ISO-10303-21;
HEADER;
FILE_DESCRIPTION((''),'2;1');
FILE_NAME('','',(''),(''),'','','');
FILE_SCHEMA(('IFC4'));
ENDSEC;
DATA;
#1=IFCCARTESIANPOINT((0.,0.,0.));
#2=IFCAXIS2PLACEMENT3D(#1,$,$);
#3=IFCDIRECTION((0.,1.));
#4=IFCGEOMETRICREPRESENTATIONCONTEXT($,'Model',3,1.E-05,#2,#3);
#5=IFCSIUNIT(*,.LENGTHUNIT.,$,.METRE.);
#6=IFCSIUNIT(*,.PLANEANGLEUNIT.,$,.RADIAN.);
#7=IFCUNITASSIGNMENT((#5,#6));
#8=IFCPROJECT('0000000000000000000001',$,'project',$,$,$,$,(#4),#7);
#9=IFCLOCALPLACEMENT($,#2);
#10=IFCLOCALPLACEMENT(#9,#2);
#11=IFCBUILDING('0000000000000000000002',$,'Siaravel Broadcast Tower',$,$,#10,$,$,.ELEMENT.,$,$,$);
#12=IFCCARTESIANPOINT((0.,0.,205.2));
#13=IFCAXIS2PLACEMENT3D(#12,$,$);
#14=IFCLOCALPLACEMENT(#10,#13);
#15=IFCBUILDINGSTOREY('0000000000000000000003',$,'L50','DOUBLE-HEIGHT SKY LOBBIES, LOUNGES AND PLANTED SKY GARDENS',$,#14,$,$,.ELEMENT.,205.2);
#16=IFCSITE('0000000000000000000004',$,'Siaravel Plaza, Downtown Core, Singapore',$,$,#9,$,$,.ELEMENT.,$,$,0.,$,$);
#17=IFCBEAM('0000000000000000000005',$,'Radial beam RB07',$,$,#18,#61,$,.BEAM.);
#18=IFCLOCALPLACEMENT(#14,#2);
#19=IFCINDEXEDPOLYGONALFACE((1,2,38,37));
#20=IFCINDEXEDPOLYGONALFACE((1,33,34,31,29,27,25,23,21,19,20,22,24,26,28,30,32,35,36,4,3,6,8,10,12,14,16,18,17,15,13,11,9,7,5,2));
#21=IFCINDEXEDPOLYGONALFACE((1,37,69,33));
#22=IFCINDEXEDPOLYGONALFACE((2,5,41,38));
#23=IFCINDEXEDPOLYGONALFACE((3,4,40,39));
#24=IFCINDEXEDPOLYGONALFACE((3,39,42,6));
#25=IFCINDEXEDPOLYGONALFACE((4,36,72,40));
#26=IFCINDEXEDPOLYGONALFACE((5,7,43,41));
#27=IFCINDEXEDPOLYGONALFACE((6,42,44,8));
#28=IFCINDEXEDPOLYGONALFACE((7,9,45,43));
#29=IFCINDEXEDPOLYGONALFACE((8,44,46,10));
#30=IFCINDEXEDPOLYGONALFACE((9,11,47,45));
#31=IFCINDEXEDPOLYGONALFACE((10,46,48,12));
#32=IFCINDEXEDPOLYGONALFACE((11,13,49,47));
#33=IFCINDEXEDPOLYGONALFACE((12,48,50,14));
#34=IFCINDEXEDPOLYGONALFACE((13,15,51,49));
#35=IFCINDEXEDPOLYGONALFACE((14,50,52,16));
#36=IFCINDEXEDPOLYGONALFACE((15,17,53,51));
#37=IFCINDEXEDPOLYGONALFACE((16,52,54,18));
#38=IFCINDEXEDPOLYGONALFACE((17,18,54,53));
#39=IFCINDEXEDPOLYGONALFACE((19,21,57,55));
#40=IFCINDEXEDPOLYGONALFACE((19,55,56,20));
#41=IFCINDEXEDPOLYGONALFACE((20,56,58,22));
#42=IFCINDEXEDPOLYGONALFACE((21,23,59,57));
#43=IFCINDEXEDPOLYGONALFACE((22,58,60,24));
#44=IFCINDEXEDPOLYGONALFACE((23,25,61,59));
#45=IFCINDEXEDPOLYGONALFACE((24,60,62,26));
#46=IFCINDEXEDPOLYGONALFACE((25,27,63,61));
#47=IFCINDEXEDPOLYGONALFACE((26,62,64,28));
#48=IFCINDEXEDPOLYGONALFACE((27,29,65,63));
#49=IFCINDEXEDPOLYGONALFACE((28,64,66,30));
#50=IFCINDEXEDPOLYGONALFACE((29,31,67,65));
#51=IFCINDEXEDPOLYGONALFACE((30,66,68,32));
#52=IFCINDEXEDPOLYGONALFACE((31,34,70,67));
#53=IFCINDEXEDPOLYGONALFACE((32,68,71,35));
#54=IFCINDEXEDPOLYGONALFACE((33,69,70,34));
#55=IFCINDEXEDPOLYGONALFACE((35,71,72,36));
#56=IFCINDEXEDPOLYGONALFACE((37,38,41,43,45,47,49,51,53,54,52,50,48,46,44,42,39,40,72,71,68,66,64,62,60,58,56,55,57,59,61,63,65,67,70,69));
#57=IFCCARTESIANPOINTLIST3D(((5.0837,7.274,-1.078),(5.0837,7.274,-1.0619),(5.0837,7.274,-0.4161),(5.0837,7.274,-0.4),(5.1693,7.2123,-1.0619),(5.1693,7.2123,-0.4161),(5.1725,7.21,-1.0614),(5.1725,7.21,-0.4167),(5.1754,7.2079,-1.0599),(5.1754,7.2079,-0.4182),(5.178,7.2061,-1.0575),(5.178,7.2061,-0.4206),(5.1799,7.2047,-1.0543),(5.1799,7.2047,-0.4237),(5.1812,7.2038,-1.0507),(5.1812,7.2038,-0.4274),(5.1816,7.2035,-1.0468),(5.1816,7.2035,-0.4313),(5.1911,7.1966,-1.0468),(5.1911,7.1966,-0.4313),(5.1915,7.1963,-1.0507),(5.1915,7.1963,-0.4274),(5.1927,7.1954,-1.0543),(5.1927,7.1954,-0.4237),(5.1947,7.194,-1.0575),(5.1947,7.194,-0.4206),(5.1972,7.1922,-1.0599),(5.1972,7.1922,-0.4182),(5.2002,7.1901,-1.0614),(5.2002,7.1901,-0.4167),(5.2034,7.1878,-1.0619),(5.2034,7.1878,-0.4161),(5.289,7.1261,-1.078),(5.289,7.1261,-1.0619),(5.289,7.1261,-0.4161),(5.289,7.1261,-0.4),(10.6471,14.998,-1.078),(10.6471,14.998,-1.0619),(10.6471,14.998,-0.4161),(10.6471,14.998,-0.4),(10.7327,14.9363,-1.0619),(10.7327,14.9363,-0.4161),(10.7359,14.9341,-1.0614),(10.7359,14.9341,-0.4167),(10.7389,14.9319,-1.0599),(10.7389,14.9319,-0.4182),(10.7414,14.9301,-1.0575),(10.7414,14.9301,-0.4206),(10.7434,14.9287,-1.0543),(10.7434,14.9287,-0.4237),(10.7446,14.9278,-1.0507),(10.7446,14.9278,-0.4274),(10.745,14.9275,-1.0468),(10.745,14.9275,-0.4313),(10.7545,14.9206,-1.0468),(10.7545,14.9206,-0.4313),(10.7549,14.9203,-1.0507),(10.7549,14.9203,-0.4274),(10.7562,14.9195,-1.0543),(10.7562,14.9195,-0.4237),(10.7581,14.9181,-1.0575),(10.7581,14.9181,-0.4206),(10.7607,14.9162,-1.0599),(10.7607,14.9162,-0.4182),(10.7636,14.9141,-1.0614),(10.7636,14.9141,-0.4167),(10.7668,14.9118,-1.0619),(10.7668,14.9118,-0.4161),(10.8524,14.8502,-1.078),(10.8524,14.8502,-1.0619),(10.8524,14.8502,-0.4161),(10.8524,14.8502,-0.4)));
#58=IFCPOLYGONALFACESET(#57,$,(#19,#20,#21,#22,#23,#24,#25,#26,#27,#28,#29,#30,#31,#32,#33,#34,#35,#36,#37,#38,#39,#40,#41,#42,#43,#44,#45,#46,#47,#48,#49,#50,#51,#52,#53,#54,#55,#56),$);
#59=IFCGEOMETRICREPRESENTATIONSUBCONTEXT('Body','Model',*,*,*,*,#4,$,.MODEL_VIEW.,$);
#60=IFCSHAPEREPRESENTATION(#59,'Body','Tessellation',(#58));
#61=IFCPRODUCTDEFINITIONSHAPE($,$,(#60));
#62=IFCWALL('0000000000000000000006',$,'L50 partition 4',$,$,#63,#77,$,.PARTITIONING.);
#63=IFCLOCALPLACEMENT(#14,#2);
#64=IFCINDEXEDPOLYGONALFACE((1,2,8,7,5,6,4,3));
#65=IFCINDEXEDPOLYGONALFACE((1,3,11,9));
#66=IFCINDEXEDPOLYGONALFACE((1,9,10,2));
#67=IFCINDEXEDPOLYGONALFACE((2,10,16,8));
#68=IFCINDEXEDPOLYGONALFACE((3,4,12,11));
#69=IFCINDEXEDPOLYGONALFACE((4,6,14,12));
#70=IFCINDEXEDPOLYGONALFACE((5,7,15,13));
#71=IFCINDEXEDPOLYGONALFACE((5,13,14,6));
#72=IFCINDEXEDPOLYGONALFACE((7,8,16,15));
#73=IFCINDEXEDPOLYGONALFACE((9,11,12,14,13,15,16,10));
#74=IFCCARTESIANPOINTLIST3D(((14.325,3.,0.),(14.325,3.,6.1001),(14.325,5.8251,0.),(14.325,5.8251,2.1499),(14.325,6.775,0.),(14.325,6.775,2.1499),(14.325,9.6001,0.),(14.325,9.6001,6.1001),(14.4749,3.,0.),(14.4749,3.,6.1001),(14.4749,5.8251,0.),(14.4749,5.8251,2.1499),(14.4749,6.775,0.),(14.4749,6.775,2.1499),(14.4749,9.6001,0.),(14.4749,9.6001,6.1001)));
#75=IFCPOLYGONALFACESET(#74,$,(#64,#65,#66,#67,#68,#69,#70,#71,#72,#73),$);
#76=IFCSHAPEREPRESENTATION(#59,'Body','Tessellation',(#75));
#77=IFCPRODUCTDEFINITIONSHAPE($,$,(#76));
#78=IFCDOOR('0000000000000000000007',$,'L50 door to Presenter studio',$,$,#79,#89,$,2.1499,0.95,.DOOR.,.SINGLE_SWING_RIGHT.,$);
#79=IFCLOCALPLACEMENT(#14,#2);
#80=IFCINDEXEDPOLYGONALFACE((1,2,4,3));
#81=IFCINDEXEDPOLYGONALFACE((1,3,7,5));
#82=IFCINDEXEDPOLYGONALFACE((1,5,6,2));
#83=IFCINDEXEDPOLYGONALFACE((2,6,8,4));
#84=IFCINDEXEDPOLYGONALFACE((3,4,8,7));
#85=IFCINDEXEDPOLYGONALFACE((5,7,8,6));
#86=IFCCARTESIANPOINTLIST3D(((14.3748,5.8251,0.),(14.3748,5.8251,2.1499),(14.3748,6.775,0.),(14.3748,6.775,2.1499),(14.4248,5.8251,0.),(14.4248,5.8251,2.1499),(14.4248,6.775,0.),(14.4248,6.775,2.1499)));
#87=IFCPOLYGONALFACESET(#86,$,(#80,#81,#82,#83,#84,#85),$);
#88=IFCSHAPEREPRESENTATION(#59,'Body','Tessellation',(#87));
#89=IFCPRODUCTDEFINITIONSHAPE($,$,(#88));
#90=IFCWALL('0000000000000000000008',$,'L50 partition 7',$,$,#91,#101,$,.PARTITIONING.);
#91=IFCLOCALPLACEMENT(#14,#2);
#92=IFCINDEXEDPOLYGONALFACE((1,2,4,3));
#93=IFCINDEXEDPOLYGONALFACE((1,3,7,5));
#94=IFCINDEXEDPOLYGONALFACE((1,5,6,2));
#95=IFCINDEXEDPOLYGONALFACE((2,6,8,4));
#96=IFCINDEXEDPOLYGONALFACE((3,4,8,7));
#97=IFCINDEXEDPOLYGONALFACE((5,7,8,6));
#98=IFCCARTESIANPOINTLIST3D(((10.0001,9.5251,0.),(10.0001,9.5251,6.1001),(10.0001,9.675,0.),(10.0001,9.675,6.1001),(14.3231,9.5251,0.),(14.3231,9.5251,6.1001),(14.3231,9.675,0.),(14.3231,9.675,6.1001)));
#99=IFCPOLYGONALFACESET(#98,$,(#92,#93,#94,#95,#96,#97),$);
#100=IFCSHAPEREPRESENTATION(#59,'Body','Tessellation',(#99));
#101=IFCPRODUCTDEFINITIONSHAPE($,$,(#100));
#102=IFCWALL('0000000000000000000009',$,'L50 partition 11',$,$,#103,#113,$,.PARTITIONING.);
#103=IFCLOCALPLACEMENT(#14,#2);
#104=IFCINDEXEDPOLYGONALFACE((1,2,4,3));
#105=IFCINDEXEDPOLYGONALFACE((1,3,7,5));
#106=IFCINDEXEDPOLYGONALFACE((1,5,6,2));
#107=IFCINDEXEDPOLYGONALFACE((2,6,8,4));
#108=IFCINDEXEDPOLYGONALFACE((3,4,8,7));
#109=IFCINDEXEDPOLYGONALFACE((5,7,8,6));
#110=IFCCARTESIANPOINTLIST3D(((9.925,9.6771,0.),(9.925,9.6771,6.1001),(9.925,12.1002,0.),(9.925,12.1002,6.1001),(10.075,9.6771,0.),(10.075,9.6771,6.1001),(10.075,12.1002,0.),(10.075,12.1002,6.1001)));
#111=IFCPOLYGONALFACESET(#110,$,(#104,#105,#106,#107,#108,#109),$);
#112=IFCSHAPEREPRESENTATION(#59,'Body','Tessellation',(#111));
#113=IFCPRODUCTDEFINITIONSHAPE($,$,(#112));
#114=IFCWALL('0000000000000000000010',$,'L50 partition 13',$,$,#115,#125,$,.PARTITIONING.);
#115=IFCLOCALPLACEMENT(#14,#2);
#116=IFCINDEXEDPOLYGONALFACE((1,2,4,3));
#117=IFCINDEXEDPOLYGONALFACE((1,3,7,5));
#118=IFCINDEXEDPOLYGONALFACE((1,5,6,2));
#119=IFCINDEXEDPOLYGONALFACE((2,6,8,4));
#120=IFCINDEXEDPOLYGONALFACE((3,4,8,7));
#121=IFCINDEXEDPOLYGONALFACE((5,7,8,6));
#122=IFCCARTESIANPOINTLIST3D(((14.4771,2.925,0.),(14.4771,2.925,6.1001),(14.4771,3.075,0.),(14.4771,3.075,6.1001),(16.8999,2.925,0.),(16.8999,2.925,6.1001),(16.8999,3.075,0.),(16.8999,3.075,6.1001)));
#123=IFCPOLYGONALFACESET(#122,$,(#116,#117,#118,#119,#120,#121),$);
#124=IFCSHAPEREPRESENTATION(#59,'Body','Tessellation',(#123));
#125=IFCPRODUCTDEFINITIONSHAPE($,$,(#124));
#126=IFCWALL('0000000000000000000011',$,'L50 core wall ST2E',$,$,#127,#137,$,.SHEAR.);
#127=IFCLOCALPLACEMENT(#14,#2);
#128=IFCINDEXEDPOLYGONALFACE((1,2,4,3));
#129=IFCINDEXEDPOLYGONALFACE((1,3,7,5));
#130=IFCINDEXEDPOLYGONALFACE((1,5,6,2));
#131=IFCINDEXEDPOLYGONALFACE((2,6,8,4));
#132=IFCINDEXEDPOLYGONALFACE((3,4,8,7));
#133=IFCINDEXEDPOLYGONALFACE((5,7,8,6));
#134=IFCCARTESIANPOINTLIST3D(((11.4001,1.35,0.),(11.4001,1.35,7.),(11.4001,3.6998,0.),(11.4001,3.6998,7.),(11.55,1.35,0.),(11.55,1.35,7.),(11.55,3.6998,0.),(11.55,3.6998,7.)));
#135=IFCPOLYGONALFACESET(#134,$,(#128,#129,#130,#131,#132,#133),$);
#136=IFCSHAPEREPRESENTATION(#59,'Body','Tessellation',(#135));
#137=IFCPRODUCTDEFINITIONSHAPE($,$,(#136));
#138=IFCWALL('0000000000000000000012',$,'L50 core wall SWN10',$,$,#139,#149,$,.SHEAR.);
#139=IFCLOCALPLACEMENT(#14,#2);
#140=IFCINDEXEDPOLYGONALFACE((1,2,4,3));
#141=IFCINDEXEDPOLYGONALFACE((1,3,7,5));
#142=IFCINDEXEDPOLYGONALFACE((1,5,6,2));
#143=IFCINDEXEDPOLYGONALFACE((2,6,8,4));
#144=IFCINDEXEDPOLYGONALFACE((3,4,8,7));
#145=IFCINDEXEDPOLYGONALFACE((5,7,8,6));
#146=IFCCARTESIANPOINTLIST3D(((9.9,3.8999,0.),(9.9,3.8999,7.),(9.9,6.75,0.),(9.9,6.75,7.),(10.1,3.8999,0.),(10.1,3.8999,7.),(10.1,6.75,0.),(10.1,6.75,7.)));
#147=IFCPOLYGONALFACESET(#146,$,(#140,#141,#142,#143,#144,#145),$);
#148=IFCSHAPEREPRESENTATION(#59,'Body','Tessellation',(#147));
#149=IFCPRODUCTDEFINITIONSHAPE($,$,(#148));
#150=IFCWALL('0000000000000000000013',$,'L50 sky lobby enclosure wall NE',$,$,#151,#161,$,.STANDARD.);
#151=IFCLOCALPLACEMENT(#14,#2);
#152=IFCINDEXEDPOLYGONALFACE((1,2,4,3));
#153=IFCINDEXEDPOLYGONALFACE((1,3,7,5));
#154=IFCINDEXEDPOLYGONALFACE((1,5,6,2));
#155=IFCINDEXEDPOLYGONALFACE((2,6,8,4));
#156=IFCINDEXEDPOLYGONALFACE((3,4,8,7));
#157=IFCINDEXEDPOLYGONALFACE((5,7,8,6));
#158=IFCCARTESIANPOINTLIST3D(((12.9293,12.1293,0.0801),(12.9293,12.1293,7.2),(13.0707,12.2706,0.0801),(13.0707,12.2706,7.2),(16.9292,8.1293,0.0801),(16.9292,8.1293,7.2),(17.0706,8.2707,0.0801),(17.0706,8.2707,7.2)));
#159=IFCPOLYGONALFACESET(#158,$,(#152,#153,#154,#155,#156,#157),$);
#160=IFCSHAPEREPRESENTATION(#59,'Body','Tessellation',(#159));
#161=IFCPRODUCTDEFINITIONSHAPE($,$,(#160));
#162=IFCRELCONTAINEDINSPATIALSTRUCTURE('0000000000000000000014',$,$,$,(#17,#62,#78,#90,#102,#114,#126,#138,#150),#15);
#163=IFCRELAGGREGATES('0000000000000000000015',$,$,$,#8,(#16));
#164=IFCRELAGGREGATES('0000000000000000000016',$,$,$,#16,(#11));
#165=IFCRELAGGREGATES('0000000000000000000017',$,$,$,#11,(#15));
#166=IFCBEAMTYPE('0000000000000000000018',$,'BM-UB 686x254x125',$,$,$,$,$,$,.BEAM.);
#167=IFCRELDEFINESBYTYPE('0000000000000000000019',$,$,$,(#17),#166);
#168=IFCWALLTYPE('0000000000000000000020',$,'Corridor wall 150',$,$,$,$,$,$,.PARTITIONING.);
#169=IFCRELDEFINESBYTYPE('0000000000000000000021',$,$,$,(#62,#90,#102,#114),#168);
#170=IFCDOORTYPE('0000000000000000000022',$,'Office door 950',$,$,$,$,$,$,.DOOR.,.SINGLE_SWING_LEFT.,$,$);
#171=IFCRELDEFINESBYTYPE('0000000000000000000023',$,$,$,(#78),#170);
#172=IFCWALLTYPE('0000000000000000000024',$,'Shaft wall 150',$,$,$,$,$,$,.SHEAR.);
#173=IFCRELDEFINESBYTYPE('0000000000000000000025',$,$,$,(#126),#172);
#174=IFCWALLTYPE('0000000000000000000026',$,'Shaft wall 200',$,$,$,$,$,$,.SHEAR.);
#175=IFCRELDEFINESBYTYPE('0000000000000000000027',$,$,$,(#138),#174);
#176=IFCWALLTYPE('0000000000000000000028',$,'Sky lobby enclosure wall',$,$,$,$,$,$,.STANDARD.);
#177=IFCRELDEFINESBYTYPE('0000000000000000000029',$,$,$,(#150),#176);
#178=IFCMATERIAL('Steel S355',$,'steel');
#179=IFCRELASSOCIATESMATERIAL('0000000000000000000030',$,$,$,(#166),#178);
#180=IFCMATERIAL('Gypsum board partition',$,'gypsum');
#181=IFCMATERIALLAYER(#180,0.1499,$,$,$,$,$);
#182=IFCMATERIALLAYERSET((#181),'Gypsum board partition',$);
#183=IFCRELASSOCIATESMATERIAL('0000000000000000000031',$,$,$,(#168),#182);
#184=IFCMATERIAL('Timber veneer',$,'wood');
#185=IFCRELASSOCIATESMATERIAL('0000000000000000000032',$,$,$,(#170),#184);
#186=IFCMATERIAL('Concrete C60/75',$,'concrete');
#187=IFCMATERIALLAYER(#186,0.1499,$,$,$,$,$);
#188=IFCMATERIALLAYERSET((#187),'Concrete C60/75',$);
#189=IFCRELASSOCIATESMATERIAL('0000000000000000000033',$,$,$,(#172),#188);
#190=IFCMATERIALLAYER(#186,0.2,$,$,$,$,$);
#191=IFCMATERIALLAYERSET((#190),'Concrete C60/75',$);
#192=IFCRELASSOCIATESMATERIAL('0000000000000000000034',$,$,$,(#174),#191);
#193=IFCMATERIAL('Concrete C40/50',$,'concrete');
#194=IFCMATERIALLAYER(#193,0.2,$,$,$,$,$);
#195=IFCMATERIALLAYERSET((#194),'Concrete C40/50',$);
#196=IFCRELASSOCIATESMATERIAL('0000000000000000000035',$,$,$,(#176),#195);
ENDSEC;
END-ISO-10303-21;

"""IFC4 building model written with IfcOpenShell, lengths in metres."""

from ifc_helpers import new_model, si_unit, direction, frame, frame_2d, origin, origin_2d, place, context, subcontext, project, spatial, rectangle, i_section, extrude, material, layer, layer_set, material_profile, profile_set, type_object, element, fill, save


model = new_model("IFC4")

# Units and contexts
model_context = context("Model", 3, precision=1e-05, world=origin(), true_north=direction((0.0, 1.0)))
body_context = subcontext(model_context, "Body", "Model", "MODEL_VIEW")
ifc_project = project(units=[si_unit("LENGTHUNIT", "METRE"), si_unit("PLANEANGLEUNIT", "RADIAN")], contexts=[model_context])

# Site, building, storey
site_placement = place(None, origin())
site = spatial("IfcSite", under=ifc_project, at=site_placement, Name="Siaravel Plaza, Downtown Core, Singapore", CompositionType="ELEMENT", RefElevation=0.0)
building_placement = place(site_placement, origin())
building = spatial("IfcBuilding", under=site, at=building_placement, Name="Siaravel Broadcast Tower", CompositionType="ELEMENT")
storey_placement = place(building_placement, frame((0.0, 0.0, 205.2)))
storey = spatial("IfcBuildingStorey", under=building, at=storey_placement, Name="L50", Description="DOUBLE-HEIGHT SKY LOBBIES, LOUNGES AND PLANTED SKY GARDENS", CompositionType="ELEMENT", Elevation=205.2)

# Shared definitions
ifc_material_1 = material(Name="Concrete C60/75", Category="concrete")

# Beam
ifc_material_2 = material(Name="Steel S355", Category="steel")
ifc_material_profile_1 = material_profile(ifc_material_2, i_section(OverallWidth=0.2529, OverallDepth=0.678, WebThickness=0.0117, FlangeThickness=0.0161, FilletRadius=0.0151, at=origin_2d()))
ifc_profile_set_1 = profile_set([ifc_material_profile_1], Name="Steel S355")
beam_type = type_object("IfcBeamType", Name="BM-UB 686x254x125", PredefinedType="BEAM", material=ifc_profile_set_1)
beam_1_placement = place(storey_placement, frame((10.7498, 14.9241, -0.739), z_axis=(-0.584451, -0.811429, 0.0), x_axis=(0.811429, -0.584451, 0.0)))
element("IfcBeam", 1, at=beam_1_placement, inside=storey, type_object=beam_type, Name="Radial beam RB07", PredefinedType="BEAM", context=body_context, shape_type="SweptSolid", body=[
    extrude(i_section(OverallWidth=0.2529, OverallDepth=0.678, WebThickness=0.0117, FlangeThickness=0.0161, FilletRadius=0.0151, at=origin_2d()), origin(), (0.0, 0.0, 1.0), 9.519),
])

# Wall, opening, door
ifc_material_3 = material(Name="Gypsum board partition", Category="gypsum")
ifc_layer_1 = layer(ifc_material_3, 0.1499)
ifc_layer_set_1 = layer_set([ifc_layer_1], Name="Gypsum board partition")
wall_type_1 = type_object("IfcWallType", Name="Corridor wall 150", PredefinedType="PARTITIONING", material=ifc_layer_set_1)
wall_1_placement = place(storey_placement, frame((14.3999, 9.6001, 0.0), z_axis=(0.0, 0.0, 1.0), x_axis=(0.0, -1.0, 0.0)))
wall_1 = element("IfcWall", 2, at=wall_1_placement, inside=storey, type_object=wall_type_1, Name="L50 partition 4", PredefinedType="PARTITIONING", context=body_context, shape_type="SweptSolid", body=[
    extrude(rectangle(XDim=6.6001, YDim=0.1499, at=frame_2d((3.3, 0.0))), origin(), (0.0, 0.0, 1.0), 6.1001),
])
opening_1_placement = place(wall_1_placement, frame((2.825, 0.0, 0.0)))
opening_1 = element("IfcOpeningElement", 3, at=opening_1_placement, cuts=wall_1, PredefinedType="OPENING", context=body_context, shape_type="SweptSolid", body=[
    extrude(rectangle(XDim=0.95, YDim=2.1499, at=frame_2d((0.4751, 1.075))), frame((0.0, 0.085, 0.0), z_axis=(0.0, -1.0, 0.0), x_axis=(1.0, 0.0, 0.0)), (0.0, 0.0, 1.0), 0.1699),
])
ifc_material_4 = material(Name="Timber veneer", Category="wood")
door_type_1 = type_object("IfcDoorType", Name="Office door 950", OperationType="SINGLE_SWING_LEFT", PredefinedType="DOOR", material=ifc_material_4)
door_1_placement = place(opening_1_placement, origin())
door_1 = element("IfcDoor", 4, at=door_1_placement, inside=storey, type_object=door_type_1, Name="L50 door to Presenter studio", OperationType="SINGLE_SWING_RIGHT", OverallHeight=2.1499, OverallWidth=0.95, PredefinedType="DOOR", context=body_context, shape_type="SweptSolid", body=[
    extrude(rectangle(XDim=0.95, YDim=2.1499, at=frame_2d((0.4751, 1.075))), frame((0.0, 0.0249, 0.0), z_axis=(0.0, -1.0, 0.0), x_axis=(1.0, 0.0, 0.0)), (0.0, 0.0, 1.0), 0.05),
])
fill(opening_1, door_1)

# Walls
wall_2_placement = place(storey_placement, frame((10.0, 9.6001, 0.0), z_axis=(0.0, 0.0, 1.0), x_axis=(1.0, 0.0, 0.0)))
element("IfcWall", 5, at=wall_2_placement, inside=storey, type_object=wall_type_1, Name="L50 partition 7", PredefinedType="PARTITIONING", context=body_context, shape_type="SweptSolid", body=[
    extrude(rectangle(XDim=4.323, YDim=0.1499, at=frame_2d((2.1616, 0.0))), origin(), (0.0, 0.0, 1.0), 6.1001),
])
wall_3_placement = place(storey_placement, frame((10.0, 12.1001, 0.0), z_axis=(0.0, 0.0, 1.0), x_axis=(0.0, -1.0, 0.0)))
element("IfcWall", 6, at=wall_3_placement, inside=storey, type_object=wall_type_1, Name="L50 partition 11", PredefinedType="PARTITIONING", context=body_context, shape_type="SweptSolid", body=[
    extrude(rectangle(XDim=2.4231, YDim=0.1499, at=frame_2d((1.2114, 0.0))), origin(), (0.0, 0.0, 1.0), 6.1001),
])
wall_4_placement = place(storey_placement, frame((14.4771, 3.0, 0.0), z_axis=(0.0, 0.0, 1.0), x_axis=(1.0, 0.0, 0.0)))
element("IfcWall", 7, at=wall_4_placement, inside=storey, type_object=wall_type_1, Name="L50 partition 13", PredefinedType="PARTITIONING", context=body_context, shape_type="SweptSolid", body=[
    extrude(rectangle(XDim=2.4229, YDim=0.1499, at=frame_2d((1.2114, 0.0))), origin(), (0.0, 0.0, 1.0), 6.1001),
])
ifc_layer_2 = layer(ifc_material_1, 0.1499)
ifc_layer_set_2 = layer_set([ifc_layer_2], Name="Concrete C60/75")
wall_type_2 = type_object("IfcWallType", Name="Shaft wall 150", PredefinedType="SHEAR", material=ifc_layer_set_2)
wall_5_placement = place(storey_placement, frame((11.4751, 1.3501, 0.0), z_axis=(0.0, 0.0, 1.0), x_axis=(0.0, 1.0, 0.0)))
element("IfcWall", 8, at=wall_5_placement, inside=storey, type_object=wall_type_2, Name="L50 core wall ST2E", PredefinedType="SHEAR", context=body_context, shape_type="SweptSolid", body=[
    extrude(rectangle(XDim=2.3499, YDim=0.1499, at=frame_2d((1.1748, 0.0))), origin(), (0.0, 0.0, 1.0), 7.0),
])
ifc_layer_3 = layer(ifc_material_1, 0.2)
ifc_layer_set_3 = layer_set([ifc_layer_3], Name="Concrete C60/75")
wall_type_3 = type_object("IfcWallType", Name="Shaft wall 200", PredefinedType="SHEAR", material=ifc_layer_set_3)
wall_6_placement = place(storey_placement, frame((10.0, 3.8999, 0.0), z_axis=(0.0, 0.0, 1.0), x_axis=(0.0, 1.0, 0.0)))
element("IfcWall", 9, at=wall_6_placement, inside=storey, type_object=wall_type_3, Name="L50 core wall SWN10", PredefinedType="SHEAR", context=body_context, shape_type="SweptSolid", body=[
    extrude(rectangle(XDim=2.8501, YDim=0.2, at=frame_2d((1.425, 0.0))), origin(), (0.0, 0.0, 1.0), 7.0),
])
ifc_material_5 = material(Name="Concrete C40/50", Category="concrete")
ifc_layer_4 = layer(ifc_material_5, 0.2)
ifc_layer_set_4 = layer_set([ifc_layer_4], Name="Concrete C40/50")
wall_type_4 = type_object("IfcWallType", Name="Sky lobby enclosure wall", PredefinedType="STANDARD", material=ifc_layer_set_4)
wall_7_placement = place(storey_placement, frame((13.0, 12.2, 0.0801), z_axis=(0.0, 0.0, 1.0), x_axis=(0.707107, -0.707107, 0.0)))
element("IfcWall", 10, at=wall_7_placement, inside=storey, type_object=wall_type_4, Name="L50 sky lobby enclosure wall NE", PredefinedType="STANDARD", context=body_context, shape_type="SweptSolid", body=[
    extrude(rectangle(XDim=5.6567, YDim=0.2, at=frame_2d((2.8284, 0.0))), origin(), (0.0, 0.0, 1.0), 7.1199),
])

save(model, "model.ifc")
